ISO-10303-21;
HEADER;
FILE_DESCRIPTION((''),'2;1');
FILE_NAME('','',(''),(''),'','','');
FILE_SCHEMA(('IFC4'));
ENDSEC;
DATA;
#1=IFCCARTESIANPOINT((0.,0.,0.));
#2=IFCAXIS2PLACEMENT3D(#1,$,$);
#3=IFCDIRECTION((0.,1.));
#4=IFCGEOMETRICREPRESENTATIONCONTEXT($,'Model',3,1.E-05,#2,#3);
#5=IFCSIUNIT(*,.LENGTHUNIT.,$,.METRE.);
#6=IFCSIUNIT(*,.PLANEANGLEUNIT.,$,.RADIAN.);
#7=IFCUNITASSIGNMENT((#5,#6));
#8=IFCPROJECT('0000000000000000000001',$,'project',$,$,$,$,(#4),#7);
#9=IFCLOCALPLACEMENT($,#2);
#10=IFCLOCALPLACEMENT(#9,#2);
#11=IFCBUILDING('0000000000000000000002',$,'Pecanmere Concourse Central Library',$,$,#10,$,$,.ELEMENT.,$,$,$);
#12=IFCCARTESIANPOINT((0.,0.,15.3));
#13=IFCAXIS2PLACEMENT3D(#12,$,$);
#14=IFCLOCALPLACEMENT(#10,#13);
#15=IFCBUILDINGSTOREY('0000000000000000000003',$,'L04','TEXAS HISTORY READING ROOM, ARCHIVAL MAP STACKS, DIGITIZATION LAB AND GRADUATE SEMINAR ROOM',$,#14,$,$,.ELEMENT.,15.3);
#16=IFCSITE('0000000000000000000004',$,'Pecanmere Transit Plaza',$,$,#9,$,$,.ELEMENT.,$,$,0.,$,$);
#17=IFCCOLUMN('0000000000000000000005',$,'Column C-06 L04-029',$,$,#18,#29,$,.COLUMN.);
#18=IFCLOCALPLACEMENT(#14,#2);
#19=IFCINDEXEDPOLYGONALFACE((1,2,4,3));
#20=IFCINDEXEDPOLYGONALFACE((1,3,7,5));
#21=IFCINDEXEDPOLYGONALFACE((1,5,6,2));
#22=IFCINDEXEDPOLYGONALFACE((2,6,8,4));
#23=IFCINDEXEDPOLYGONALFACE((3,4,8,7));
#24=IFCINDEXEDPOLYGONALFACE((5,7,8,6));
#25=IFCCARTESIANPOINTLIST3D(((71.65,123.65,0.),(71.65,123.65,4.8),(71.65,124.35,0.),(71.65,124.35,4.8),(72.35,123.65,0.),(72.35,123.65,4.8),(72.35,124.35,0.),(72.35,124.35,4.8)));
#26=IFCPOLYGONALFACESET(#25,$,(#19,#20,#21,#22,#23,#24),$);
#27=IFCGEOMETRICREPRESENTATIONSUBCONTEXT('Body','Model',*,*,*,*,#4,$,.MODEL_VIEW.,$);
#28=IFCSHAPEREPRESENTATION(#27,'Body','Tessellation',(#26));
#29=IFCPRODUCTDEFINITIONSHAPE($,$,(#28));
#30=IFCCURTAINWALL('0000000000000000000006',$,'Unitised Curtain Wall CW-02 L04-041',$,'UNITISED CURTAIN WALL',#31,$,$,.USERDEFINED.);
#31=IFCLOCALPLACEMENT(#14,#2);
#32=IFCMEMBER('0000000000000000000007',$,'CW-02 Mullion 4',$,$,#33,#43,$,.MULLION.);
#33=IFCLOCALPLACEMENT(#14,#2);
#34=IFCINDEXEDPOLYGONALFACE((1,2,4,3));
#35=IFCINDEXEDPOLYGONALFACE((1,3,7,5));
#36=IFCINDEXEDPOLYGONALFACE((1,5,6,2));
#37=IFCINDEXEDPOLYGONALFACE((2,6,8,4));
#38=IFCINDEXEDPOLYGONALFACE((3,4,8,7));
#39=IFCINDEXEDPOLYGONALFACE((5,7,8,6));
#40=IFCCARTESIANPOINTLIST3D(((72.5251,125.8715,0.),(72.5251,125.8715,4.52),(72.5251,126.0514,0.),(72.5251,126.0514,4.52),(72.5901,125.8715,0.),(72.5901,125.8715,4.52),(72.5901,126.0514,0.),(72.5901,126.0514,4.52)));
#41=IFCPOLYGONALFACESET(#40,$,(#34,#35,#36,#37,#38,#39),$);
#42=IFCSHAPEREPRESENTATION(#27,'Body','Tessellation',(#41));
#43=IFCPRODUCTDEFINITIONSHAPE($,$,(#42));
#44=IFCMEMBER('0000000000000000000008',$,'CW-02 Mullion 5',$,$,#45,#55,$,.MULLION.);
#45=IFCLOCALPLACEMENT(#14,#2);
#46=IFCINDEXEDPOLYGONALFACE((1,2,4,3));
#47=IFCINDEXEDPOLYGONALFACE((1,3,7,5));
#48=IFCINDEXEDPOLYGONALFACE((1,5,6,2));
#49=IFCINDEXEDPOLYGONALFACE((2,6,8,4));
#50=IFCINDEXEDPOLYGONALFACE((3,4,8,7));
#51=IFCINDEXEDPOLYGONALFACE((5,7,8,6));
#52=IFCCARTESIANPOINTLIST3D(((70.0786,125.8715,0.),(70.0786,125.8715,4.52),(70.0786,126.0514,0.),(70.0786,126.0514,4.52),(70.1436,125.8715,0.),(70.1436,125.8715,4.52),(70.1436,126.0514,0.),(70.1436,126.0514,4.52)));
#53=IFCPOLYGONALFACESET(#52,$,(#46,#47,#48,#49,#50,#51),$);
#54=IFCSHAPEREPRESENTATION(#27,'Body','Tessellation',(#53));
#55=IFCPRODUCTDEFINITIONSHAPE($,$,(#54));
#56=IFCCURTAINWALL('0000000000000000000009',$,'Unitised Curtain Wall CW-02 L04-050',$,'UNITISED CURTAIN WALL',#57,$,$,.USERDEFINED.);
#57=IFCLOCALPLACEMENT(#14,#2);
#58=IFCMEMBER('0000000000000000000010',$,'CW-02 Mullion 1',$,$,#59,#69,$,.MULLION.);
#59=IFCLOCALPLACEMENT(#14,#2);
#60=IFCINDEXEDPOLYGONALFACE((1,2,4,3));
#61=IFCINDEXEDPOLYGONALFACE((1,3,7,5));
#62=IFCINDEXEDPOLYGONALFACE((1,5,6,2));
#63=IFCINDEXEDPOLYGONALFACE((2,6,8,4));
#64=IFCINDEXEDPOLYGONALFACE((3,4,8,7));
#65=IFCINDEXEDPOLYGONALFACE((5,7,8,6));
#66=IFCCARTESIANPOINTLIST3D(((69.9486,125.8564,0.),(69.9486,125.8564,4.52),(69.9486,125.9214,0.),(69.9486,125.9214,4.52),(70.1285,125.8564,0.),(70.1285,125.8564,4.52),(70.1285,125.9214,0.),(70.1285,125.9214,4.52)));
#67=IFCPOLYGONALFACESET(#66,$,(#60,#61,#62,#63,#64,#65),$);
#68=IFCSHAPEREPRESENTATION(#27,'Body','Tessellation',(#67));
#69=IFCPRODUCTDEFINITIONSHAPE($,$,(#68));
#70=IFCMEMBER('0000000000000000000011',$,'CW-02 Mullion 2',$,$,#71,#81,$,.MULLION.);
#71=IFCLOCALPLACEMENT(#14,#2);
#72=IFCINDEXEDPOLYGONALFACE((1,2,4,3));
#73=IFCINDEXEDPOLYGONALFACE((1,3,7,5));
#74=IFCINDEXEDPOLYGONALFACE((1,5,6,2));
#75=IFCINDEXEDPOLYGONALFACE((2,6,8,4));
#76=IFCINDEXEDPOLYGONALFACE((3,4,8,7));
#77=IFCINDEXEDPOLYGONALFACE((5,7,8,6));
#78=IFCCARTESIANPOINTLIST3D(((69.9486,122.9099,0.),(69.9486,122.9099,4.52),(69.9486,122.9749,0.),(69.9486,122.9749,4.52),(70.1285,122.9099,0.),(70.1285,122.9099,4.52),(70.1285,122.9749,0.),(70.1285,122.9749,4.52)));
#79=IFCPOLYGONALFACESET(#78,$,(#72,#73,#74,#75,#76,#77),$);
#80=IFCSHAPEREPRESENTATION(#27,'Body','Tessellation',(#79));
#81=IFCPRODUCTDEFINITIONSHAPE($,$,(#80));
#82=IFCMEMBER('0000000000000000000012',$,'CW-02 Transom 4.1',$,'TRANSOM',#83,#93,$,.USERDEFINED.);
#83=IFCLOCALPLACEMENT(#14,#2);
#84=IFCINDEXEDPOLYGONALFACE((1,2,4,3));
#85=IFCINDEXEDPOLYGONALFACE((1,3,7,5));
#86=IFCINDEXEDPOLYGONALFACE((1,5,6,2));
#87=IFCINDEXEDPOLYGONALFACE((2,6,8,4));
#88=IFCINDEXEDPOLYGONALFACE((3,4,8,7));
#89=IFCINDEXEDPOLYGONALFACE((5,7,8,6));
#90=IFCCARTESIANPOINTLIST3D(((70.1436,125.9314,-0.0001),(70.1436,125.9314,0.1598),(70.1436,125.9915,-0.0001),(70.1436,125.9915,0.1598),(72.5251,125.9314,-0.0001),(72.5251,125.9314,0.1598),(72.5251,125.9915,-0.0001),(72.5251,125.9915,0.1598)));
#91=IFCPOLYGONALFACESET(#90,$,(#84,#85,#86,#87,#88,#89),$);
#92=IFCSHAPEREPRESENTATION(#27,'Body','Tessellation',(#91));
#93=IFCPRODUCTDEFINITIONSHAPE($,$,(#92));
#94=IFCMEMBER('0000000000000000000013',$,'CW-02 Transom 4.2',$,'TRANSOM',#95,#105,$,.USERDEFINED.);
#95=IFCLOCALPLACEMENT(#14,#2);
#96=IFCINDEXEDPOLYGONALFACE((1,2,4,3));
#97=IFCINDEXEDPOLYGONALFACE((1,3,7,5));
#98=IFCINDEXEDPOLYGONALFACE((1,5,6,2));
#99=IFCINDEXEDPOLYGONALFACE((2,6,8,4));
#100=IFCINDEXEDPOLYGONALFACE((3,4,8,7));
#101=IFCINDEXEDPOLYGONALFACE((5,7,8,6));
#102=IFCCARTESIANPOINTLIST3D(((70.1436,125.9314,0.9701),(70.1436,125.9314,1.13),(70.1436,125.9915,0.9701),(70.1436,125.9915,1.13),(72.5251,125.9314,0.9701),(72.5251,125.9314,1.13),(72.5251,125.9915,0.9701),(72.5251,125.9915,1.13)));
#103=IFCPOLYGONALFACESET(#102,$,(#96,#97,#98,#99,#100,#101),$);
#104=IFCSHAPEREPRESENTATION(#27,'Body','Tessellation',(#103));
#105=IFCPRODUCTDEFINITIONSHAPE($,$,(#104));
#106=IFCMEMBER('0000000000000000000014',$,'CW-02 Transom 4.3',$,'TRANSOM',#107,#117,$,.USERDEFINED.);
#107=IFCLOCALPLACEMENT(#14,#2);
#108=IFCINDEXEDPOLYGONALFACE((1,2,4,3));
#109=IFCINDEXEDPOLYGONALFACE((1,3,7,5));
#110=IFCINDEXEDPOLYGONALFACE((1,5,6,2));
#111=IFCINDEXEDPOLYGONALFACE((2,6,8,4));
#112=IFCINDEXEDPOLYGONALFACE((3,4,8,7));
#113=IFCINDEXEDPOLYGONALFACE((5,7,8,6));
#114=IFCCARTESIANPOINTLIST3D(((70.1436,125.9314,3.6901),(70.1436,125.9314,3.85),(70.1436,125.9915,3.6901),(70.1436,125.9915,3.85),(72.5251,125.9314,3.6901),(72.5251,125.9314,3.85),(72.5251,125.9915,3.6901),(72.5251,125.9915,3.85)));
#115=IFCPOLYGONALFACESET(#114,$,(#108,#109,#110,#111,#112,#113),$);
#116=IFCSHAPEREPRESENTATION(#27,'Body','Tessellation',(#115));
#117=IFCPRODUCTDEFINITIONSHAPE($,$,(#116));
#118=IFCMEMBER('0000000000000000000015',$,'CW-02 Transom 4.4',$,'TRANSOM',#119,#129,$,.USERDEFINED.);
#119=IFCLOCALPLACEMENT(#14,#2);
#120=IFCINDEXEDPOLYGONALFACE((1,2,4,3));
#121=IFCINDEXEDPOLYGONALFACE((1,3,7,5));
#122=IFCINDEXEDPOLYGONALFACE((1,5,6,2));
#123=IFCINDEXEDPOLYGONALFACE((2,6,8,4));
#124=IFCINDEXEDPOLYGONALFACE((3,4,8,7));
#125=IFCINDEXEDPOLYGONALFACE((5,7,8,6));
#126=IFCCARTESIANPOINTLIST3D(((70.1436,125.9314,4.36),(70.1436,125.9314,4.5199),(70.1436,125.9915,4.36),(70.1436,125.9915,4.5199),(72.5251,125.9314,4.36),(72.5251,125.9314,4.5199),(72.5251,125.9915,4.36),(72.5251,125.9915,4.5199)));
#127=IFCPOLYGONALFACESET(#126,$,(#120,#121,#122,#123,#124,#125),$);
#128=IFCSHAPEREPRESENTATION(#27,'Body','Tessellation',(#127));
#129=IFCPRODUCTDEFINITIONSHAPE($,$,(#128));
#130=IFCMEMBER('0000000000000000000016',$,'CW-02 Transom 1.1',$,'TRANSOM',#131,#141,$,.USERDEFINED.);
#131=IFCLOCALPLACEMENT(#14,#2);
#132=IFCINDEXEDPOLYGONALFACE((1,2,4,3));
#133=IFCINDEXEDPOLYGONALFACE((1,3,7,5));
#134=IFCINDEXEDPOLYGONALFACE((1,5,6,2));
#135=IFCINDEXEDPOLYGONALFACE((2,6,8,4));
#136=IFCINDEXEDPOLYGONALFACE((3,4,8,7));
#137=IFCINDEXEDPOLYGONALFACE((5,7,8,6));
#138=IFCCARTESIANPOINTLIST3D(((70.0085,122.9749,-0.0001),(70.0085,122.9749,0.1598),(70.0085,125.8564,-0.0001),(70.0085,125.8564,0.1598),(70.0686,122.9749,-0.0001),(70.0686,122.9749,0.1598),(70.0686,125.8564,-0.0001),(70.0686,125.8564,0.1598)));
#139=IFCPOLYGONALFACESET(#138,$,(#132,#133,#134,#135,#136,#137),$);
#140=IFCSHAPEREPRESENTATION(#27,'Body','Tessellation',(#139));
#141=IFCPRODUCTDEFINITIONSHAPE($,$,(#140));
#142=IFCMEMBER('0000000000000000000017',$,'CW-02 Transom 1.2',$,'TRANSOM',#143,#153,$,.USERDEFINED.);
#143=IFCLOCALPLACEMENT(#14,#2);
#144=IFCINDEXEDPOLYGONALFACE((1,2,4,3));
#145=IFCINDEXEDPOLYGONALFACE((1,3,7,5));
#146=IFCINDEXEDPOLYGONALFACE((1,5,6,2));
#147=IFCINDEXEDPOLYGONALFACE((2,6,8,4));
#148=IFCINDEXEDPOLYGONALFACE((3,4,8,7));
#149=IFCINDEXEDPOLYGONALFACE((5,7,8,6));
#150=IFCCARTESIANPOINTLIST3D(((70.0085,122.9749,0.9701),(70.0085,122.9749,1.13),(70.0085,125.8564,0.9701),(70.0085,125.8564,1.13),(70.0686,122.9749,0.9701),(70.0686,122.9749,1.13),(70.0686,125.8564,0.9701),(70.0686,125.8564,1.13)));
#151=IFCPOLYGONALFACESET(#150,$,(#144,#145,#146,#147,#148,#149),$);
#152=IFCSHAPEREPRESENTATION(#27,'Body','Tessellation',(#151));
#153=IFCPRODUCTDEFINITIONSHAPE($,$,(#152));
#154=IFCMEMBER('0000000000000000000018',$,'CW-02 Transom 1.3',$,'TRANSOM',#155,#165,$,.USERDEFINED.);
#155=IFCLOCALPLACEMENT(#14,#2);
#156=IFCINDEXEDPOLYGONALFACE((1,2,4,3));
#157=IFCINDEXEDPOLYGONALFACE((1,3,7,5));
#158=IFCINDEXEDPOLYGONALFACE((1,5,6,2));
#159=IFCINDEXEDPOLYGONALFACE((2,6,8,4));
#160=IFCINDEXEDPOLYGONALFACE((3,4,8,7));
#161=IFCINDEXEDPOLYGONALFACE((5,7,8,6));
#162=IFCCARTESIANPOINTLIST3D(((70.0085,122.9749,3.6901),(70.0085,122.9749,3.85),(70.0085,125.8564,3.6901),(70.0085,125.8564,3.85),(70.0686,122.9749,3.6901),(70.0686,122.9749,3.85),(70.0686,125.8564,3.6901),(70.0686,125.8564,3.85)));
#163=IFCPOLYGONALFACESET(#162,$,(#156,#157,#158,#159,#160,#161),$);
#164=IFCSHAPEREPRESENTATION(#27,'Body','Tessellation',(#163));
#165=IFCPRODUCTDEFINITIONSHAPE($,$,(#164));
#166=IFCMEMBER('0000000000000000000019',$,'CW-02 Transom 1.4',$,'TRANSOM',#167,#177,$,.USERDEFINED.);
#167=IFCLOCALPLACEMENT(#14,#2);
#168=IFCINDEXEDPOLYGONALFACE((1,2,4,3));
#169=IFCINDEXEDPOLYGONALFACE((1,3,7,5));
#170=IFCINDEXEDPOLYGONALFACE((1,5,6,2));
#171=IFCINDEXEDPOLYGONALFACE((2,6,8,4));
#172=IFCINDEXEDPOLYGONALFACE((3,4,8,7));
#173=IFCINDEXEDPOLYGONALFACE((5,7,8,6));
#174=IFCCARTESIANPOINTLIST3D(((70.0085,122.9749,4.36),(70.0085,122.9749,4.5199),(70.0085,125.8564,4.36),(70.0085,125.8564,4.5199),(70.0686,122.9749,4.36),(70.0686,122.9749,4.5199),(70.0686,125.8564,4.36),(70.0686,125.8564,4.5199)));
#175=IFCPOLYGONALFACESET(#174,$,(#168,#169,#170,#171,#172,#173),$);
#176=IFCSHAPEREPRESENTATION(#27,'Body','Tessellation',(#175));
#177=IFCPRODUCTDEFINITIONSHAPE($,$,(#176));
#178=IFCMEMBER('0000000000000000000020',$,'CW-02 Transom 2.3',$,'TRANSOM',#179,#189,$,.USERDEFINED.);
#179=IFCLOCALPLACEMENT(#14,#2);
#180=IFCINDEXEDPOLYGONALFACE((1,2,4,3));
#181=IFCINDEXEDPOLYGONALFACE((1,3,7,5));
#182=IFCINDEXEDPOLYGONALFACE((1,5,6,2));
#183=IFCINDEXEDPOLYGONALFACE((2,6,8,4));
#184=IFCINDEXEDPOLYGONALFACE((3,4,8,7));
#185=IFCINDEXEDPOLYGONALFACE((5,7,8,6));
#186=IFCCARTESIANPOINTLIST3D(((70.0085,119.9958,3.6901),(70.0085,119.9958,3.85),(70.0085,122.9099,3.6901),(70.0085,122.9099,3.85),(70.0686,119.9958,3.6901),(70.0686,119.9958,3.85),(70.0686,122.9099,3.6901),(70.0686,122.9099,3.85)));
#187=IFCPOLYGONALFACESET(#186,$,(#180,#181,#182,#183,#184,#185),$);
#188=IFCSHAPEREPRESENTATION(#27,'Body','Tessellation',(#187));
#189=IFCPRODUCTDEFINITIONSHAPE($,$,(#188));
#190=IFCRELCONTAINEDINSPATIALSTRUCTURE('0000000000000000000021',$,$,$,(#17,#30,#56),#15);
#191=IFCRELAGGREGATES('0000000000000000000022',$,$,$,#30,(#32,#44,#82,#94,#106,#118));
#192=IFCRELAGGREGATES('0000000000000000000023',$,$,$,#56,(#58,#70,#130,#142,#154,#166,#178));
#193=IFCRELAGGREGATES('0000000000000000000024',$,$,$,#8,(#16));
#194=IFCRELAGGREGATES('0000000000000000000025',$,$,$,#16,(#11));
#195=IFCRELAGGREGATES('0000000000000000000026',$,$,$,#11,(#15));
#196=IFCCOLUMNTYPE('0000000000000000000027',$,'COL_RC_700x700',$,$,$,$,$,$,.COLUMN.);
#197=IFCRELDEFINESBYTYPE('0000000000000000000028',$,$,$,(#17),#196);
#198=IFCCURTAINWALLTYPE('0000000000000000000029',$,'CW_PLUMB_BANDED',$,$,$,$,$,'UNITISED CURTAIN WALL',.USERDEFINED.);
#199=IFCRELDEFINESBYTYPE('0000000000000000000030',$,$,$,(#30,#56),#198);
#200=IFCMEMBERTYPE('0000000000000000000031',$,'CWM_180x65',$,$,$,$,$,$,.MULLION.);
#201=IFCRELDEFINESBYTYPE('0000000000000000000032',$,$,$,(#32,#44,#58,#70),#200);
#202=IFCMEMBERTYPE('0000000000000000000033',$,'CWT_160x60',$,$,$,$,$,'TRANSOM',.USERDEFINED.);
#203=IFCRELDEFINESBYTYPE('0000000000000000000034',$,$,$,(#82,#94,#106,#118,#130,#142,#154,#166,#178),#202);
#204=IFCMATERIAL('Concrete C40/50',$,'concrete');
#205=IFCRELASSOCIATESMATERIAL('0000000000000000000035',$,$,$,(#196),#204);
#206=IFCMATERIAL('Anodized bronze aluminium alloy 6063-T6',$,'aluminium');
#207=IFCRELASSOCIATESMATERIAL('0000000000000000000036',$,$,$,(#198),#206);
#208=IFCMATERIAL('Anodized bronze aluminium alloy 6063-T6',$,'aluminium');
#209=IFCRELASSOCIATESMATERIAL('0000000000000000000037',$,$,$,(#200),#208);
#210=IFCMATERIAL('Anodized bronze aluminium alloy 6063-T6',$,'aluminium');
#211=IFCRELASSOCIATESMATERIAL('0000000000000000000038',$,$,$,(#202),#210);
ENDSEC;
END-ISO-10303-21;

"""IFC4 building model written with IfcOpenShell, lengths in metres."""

from ifc_helpers import new_model, si_unit, direction, frame, origin, origin_2d, place, context, subcontext, project, spatial, rectangle, extrude, material, material_profile, profile_set, type_object, element, aggregate, save


model = new_model("IFC4")

# Units and contexts
model_context = context("Model", 3, precision=1e-05, world=origin(), true_north=direction((0.0, 1.0)))
body_context = subcontext(model_context, "Body", "Model", "MODEL_VIEW")
ifc_project = project(units=[si_unit("LENGTHUNIT", "METRE"), si_unit("PLANEANGLEUNIT", "RADIAN")], contexts=[model_context])

# Site, building, storey
site_placement = place(None, origin())
site = spatial("IfcSite", under=ifc_project, at=site_placement, Name="Pecanmere Transit Plaza", CompositionType="ELEMENT", RefElevation=0.0)
building_placement = place(site_placement, origin())
building = spatial("IfcBuilding", under=site, at=building_placement, Name="Pecanmere Concourse Central Library", CompositionType="ELEMENT")
storey_placement = place(building_placement, frame((0.0, 0.0, 15.3)))
storey = spatial("IfcBuildingStorey", under=building, at=storey_placement, Name="L04", Description="TEXAS HISTORY READING ROOM, ARCHIVAL MAP STACKS, DIGITIZATION LAB AND GRADUATE SEMINAR ROOM", CompositionType="ELEMENT", Elevation=15.3)

# Column
ifc_material_1 = material(Name="Concrete C40/50", Category="concrete")
ifc_material_profile_1 = material_profile(ifc_material_1, rectangle(XDim=0.7, YDim=0.7, at=origin_2d()), Name="RC 700x700")
ifc_profile_set_1 = profile_set([ifc_material_profile_1], Name="Concrete C40/50")
column_type = type_object("IfcColumnType", Name="COL_RC_700x700", PredefinedType="COLUMN", material=ifc_profile_set_1)
column_placement = place(storey_placement, frame((72.0, 124.0, 0.0), z_axis=(0.0, 0.0, 1.0), x_axis=(1.0, 0.0, 0.0)))
element("IfcColumn", 1, at=column_placement, inside=storey, type_object=column_type, Name="Column C-06 L04-029", PredefinedType="COLUMN", context=body_context, shape_type="SweptSolid", body=[
    extrude(rectangle(XDim=0.7, YDim=0.7, at=origin_2d()), origin(), (0.0, 0.0, 1.0), 4.8),
])

# Curtain walls, members
ifc_material_2 = material(Name="Anodized bronze aluminium alloy 6063-T6", Category="aluminium")
curtain_wall_type = type_object("IfcCurtainWallType", Name="CW_PLUMB_BANDED", ElementType="UNITISED CURTAIN WALL", PredefinedType="USERDEFINED", material=ifc_material_2)
curtain_wall_1_placement = place(storey_placement, origin())
curtain_wall_1 = element("IfcCurtainWall", 2, at=curtain_wall_1_placement, inside=storey, type_object=curtain_wall_type, Name="Unitised Curtain Wall CW-02 L04-041", ObjectType="UNITISED CURTAIN WALL", PredefinedType="USERDEFINED")
ifc_material_3 = material(Name="Anodized bronze aluminium alloy 6063-T6", Category="aluminium")
ifc_material_profile_2 = material_profile(ifc_material_3, rectangle(XDim=0.0649, YDim=0.1799, at=origin_2d()), Name="AL 65x180")
ifc_profile_set_2 = profile_set([ifc_material_profile_2], Name="Anodized bronze aluminium alloy 6063-T6")
member_type_1 = type_object("IfcMemberType", Name="CWM_180x65", PredefinedType="MULLION", material=ifc_profile_set_2)
member_1_placement = place(storey_placement, frame((72.5576, 125.9614, 0.0), z_axis=(0.0, 0.0, 1.0), x_axis=(-1.0, 0.0, 0.0)))
member_1 = element("IfcMember", 3, at=member_1_placement, type_object=member_type_1, Name="CW-02 Mullion 4", PredefinedType="MULLION", context=body_context, shape_type="SweptSolid", body=[
    extrude(rectangle(XDim=0.0649, YDim=0.1799, at=origin_2d()), origin(), (0.0, 0.0, 1.0), 4.52),
])
member_2_placement = place(storey_placement, frame((70.1111, 125.9614, 0.0), z_axis=(0.0, 0.0, 1.0), x_axis=(-1.0, 0.0, 0.0)))
member_2 = element("IfcMember", 4, at=member_2_placement, type_object=member_type_1, Name="CW-02 Mullion 5", PredefinedType="MULLION", context=body_context, shape_type="SweptSolid", body=[
    extrude(rectangle(XDim=0.0649, YDim=0.1799, at=origin_2d()), origin(), (0.0, 0.0, 1.0), 4.52),
])
curtain_wall_2_placement = place(storey_placement, origin())
curtain_wall_2 = element("IfcCurtainWall", 5, at=curtain_wall_2_placement, inside=storey, type_object=curtain_wall_type, Name="Unitised Curtain Wall CW-02 L04-050", ObjectType="UNITISED CURTAIN WALL", PredefinedType="USERDEFINED")
member_3_placement = place(storey_placement, frame((70.0386, 125.8889, 0.0), z_axis=(0.0, 0.0, 1.0), x_axis=(0.0, -1.0, 0.0)))
member_3 = element("IfcMember", 6, at=member_3_placement, type_object=member_type_1, Name="CW-02 Mullion 1", PredefinedType="MULLION", context=body_context, shape_type="SweptSolid", body=[
    extrude(rectangle(XDim=0.0649, YDim=0.1799, at=origin_2d()), origin(), (0.0, 0.0, 1.0), 4.52),
])
member_4_placement = place(storey_placement, frame((70.0386, 122.9424, 0.0), z_axis=(0.0, 0.0, 1.0), x_axis=(0.0, -1.0, 0.0)))
member_4 = element("IfcMember", 7, at=member_4_placement, type_object=member_type_1, Name="CW-02 Mullion 2", PredefinedType="MULLION", context=body_context, shape_type="SweptSolid", body=[
    extrude(rectangle(XDim=0.0649, YDim=0.1799, at=origin_2d()), origin(), (0.0, 0.0, 1.0), 4.52),
])

# Members
ifc_material_4 = material(Name="Anodized bronze aluminium alloy 6063-T6", Category="aluminium")
ifc_material_profile_3 = material_profile(ifc_material_4, rectangle(XDim=0.0601, YDim=0.1599, at=origin_2d()), Name="AL 60x160")
ifc_profile_set_3 = profile_set([ifc_material_profile_3], Name="Anodized bronze aluminium alloy 6063-T6")
member_type_2 = type_object("IfcMemberType", Name="CWT_160x60", ElementType="TRANSOM", PredefinedType="USERDEFINED", material=ifc_profile_set_3)
member_5_placement = place(storey_placement, frame((72.5251, 125.9614, 0.0798), z_axis=(-1.0, 0.0, 0.0), x_axis=(0.0, -1.0, 0.0)))
member_5 = element("IfcMember", 8, at=member_5_placement, type_object=member_type_2, Name="CW-02 Transom 4.1", ObjectType="TRANSOM", PredefinedType="USERDEFINED", context=body_context, shape_type="SweptSolid", body=[
    extrude(rectangle(XDim=0.0601, YDim=0.1599, at=origin_2d()), origin(), (0.0, 0.0, 1.0), 2.3816),
])
member_6_placement = place(storey_placement, frame((72.5251, 125.9614, 1.05), z_axis=(-1.0, 0.0, 0.0), x_axis=(0.0, -1.0, 0.0)))
member_6 = element("IfcMember", 9, at=member_6_placement, type_object=member_type_2, Name="CW-02 Transom 4.2", ObjectType="TRANSOM", PredefinedType="USERDEFINED", context=body_context, shape_type="SweptSolid", body=[
    extrude(rectangle(XDim=0.0601, YDim=0.1599, at=origin_2d()), origin(), (0.0, 0.0, 1.0), 2.3816),
])
member_7_placement = place(storey_placement, frame((72.5251, 125.9614, 3.77), z_axis=(-1.0, 0.0, 0.0), x_axis=(0.0, -1.0, 0.0)))
member_7 = element("IfcMember", 10, at=member_7_placement, type_object=member_type_2, Name="CW-02 Transom 4.3", ObjectType="TRANSOM", PredefinedType="USERDEFINED", context=body_context, shape_type="SweptSolid", body=[
    extrude(rectangle(XDim=0.0601, YDim=0.1599, at=origin_2d()), origin(), (0.0, 0.0, 1.0), 2.3816),
])
member_8_placement = place(storey_placement, frame((72.5251, 125.9614, 4.4399), z_axis=(-1.0, 0.0, 0.0), x_axis=(0.0, -1.0, 0.0)))
member_8 = element("IfcMember", 11, at=member_8_placement, type_object=member_type_2, Name="CW-02 Transom 4.4", ObjectType="TRANSOM", PredefinedType="USERDEFINED", context=body_context, shape_type="SweptSolid", body=[
    extrude(rectangle(XDim=0.0601, YDim=0.1599, at=origin_2d()), origin(), (0.0, 0.0, 1.0), 2.3816),
])
member_9_placement = place(storey_placement, frame((70.0386, 125.8564, 0.0798), z_axis=(0.0, -1.0, 0.0), x_axis=(1.0, 0.0, 0.0)))
member_9 = element("IfcMember", 12, at=member_9_placement, type_object=member_type_2, Name="CW-02 Transom 1.1", ObjectType="TRANSOM", PredefinedType="USERDEFINED", context=body_context, shape_type="SweptSolid", body=[
    extrude(rectangle(XDim=0.0601, YDim=0.1599, at=origin_2d()), origin(), (0.0, 0.0, 1.0), 2.8816),
])
member_10_placement = place(storey_placement, frame((70.0386, 125.8564, 1.05), z_axis=(0.0, -1.0, 0.0), x_axis=(1.0, 0.0, 0.0)))
member_10 = element("IfcMember", 13, at=member_10_placement, type_object=member_type_2, Name="CW-02 Transom 1.2", ObjectType="TRANSOM", PredefinedType="USERDEFINED", context=body_context, shape_type="SweptSolid", body=[
    extrude(rectangle(XDim=0.0601, YDim=0.1599, at=origin_2d()), origin(), (0.0, 0.0, 1.0), 2.8816),
])
member_11_placement = place(storey_placement, frame((70.0386, 125.8564, 3.77), z_axis=(0.0, -1.0, 0.0), x_axis=(1.0, 0.0, 0.0)))
member_11 = element("IfcMember", 14, at=member_11_placement, type_object=member_type_2, Name="CW-02 Transom 1.3", ObjectType="TRANSOM", PredefinedType="USERDEFINED", context=body_context, shape_type="SweptSolid", body=[
    extrude(rectangle(XDim=0.0601, YDim=0.1599, at=origin_2d()), origin(), (0.0, 0.0, 1.0), 2.8816),
])
member_12_placement = place(storey_placement, frame((70.0386, 125.8564, 4.4399), z_axis=(0.0, -1.0, 0.0), x_axis=(1.0, 0.0, 0.0)))
member_12 = element("IfcMember", 15, at=member_12_placement, type_object=member_type_2, Name="CW-02 Transom 1.4", ObjectType="TRANSOM", PredefinedType="USERDEFINED", context=body_context, shape_type="SweptSolid", body=[
    extrude(rectangle(XDim=0.0601, YDim=0.1599, at=origin_2d()), origin(), (0.0, 0.0, 1.0), 2.8816),
])
member_13_placement = place(storey_placement, frame((70.0386, 122.9099, 3.77), z_axis=(0.0, -1.0, 0.0), x_axis=(1.0, 0.0, 0.0)))
member_13 = element("IfcMember", 16, at=member_13_placement, type_object=member_type_2, Name="CW-02 Transom 2.3", ObjectType="TRANSOM", PredefinedType="USERDEFINED", context=body_context, shape_type="SweptSolid", body=[
    extrude(rectangle(XDim=0.0601, YDim=0.1599, at=origin_2d()), origin(), (0.0, 0.0, 1.0), 2.9141),
])

aggregate(curtain_wall_1, [member_1, member_2, member_5, member_6, member_7, member_8])
aggregate(curtain_wall_2, [member_3, member_4, member_9, member_10, member_11, member_12, member_13])

save(model, "model.ifc")
